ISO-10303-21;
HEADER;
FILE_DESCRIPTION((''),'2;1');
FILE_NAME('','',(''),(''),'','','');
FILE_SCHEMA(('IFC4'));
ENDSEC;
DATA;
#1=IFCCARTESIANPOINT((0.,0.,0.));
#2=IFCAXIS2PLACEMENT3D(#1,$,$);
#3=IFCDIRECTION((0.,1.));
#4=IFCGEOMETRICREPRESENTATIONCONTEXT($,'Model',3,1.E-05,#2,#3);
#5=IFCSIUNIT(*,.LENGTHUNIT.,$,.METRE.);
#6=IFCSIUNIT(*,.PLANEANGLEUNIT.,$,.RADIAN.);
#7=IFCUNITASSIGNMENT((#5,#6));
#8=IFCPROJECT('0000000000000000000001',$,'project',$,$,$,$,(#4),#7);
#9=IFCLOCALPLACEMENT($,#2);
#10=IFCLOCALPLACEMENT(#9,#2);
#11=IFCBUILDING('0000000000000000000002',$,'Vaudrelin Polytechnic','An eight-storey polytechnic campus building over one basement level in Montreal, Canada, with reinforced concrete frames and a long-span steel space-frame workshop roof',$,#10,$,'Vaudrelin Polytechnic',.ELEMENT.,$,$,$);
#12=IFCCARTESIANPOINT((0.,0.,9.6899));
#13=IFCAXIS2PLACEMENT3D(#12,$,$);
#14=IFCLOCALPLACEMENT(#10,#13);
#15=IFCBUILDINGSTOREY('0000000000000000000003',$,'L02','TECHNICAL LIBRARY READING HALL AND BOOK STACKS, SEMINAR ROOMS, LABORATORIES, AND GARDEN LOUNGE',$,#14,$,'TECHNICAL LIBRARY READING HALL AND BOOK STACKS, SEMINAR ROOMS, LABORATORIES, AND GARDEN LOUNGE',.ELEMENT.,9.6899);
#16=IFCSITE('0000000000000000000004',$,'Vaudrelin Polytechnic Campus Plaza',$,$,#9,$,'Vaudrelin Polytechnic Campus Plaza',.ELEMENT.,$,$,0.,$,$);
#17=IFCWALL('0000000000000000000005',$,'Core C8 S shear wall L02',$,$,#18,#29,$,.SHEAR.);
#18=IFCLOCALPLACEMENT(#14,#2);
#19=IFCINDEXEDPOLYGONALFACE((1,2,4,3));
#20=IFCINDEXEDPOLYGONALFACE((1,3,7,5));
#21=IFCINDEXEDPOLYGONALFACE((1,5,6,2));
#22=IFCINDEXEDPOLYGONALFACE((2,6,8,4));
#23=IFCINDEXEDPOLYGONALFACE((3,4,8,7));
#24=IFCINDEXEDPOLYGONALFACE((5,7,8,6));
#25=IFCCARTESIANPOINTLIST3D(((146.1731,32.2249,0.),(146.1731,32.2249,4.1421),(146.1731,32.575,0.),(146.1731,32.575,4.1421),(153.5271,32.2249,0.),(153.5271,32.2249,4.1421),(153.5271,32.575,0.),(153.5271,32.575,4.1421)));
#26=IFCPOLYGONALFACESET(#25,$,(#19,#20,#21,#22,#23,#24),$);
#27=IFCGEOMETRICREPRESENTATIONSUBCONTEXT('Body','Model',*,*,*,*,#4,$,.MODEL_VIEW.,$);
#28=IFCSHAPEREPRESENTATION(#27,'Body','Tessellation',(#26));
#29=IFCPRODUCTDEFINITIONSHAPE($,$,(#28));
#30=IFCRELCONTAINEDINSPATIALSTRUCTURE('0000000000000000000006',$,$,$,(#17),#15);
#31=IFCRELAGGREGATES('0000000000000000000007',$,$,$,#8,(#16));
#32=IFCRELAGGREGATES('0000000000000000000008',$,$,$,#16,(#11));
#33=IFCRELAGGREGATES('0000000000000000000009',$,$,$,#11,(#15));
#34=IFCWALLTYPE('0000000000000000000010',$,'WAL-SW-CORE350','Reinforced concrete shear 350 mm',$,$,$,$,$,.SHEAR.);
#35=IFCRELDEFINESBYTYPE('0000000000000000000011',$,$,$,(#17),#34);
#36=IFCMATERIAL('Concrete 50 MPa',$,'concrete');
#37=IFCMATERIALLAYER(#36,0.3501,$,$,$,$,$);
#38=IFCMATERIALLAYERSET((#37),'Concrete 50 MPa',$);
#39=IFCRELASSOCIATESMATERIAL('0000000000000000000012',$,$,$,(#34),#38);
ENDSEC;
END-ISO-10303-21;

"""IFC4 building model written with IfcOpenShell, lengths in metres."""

from ifc_helpers import new_model, si_unit, direction, frame, frame_2d, origin, place, context, subcontext, project, spatial, rectangle, extrude, material, layer, layer_set, type_object, element, save


model = new_model("IFC4")

# Units and contexts
model_context = context("Model", 3, precision=1e-05, world=origin(), true_north=direction((0.0, 1.0)))
body_context = subcontext(model_context, "Body", "Model", "MODEL_VIEW")
ifc_project = project(units=[si_unit("LENGTHUNIT", "METRE"), si_unit("PLANEANGLEUNIT", "RADIAN")], contexts=[model_context])

# Site, building, storey
site_placement = place(None, origin())
site = spatial("IfcSite", under=ifc_project, at=site_placement, Name="Vaudrelin Polytechnic Campus Plaza", LongName="Vaudrelin Polytechnic Campus Plaza", CompositionType="ELEMENT", RefElevation=0.0)
building_placement = place(site_placement, origin())
building = spatial("IfcBuilding", under=site, at=building_placement, Name="Vaudrelin Polytechnic", Description="An eight-storey polytechnic campus building over one basement level in Montreal, Canada, with reinforced concrete frames and a long-span steel space-frame workshop roof", LongName="Vaudrelin Polytechnic", CompositionType="ELEMENT")
storey_placement = place(building_placement, frame((0.0, 0.0, 9.6899)))
storey = spatial("IfcBuildingStorey", under=building, at=storey_placement, Name="L02", Description="TECHNICAL LIBRARY READING HALL AND BOOK STACKS, SEMINAR ROOMS, LABORATORIES, AND GARDEN LOUNGE", LongName="TECHNICAL LIBRARY READING HALL AND BOOK STACKS, SEMINAR ROOMS, LABORATORIES, AND GARDEN LOUNGE", CompositionType="ELEMENT", Elevation=9.6899)

# Shared definitions
ifc_material_1 = material(Name="Concrete 50 MPa", Category="concrete")

# Wall
ifc_layer_1 = layer(ifc_material_1, 0.3501)
ifc_layer_set_1 = layer_set([ifc_layer_1], Name="Concrete 50 MPa")
wall_type_1 = type_object("IfcWallType", Name="WAL-SW-CORE350", Description="Reinforced concrete shear 350 mm", PredefinedType="SHEAR", material=ifc_layer_set_1)
wall_1_placement = place(storey_placement, frame((146.1731, 32.3999, 0.0), z_axis=(0.0, 0.0, 1.0), x_axis=(1.0, 0.0, 0.0)))
element("IfcWall", 1, at=wall_1_placement, inside=storey, type_object=wall_type_1, Name="Core C8 S shear wall L02", PredefinedType="SHEAR", context=body_context, shape_type="SweptSolid", body=[
    extrude(rectangle(XDim=7.354, YDim=0.3501, at=frame_2d((3.677, 0.0))), origin(), (0.0, 0.0, 1.0), 4.1421),
])

save(model, "model.ifc")
